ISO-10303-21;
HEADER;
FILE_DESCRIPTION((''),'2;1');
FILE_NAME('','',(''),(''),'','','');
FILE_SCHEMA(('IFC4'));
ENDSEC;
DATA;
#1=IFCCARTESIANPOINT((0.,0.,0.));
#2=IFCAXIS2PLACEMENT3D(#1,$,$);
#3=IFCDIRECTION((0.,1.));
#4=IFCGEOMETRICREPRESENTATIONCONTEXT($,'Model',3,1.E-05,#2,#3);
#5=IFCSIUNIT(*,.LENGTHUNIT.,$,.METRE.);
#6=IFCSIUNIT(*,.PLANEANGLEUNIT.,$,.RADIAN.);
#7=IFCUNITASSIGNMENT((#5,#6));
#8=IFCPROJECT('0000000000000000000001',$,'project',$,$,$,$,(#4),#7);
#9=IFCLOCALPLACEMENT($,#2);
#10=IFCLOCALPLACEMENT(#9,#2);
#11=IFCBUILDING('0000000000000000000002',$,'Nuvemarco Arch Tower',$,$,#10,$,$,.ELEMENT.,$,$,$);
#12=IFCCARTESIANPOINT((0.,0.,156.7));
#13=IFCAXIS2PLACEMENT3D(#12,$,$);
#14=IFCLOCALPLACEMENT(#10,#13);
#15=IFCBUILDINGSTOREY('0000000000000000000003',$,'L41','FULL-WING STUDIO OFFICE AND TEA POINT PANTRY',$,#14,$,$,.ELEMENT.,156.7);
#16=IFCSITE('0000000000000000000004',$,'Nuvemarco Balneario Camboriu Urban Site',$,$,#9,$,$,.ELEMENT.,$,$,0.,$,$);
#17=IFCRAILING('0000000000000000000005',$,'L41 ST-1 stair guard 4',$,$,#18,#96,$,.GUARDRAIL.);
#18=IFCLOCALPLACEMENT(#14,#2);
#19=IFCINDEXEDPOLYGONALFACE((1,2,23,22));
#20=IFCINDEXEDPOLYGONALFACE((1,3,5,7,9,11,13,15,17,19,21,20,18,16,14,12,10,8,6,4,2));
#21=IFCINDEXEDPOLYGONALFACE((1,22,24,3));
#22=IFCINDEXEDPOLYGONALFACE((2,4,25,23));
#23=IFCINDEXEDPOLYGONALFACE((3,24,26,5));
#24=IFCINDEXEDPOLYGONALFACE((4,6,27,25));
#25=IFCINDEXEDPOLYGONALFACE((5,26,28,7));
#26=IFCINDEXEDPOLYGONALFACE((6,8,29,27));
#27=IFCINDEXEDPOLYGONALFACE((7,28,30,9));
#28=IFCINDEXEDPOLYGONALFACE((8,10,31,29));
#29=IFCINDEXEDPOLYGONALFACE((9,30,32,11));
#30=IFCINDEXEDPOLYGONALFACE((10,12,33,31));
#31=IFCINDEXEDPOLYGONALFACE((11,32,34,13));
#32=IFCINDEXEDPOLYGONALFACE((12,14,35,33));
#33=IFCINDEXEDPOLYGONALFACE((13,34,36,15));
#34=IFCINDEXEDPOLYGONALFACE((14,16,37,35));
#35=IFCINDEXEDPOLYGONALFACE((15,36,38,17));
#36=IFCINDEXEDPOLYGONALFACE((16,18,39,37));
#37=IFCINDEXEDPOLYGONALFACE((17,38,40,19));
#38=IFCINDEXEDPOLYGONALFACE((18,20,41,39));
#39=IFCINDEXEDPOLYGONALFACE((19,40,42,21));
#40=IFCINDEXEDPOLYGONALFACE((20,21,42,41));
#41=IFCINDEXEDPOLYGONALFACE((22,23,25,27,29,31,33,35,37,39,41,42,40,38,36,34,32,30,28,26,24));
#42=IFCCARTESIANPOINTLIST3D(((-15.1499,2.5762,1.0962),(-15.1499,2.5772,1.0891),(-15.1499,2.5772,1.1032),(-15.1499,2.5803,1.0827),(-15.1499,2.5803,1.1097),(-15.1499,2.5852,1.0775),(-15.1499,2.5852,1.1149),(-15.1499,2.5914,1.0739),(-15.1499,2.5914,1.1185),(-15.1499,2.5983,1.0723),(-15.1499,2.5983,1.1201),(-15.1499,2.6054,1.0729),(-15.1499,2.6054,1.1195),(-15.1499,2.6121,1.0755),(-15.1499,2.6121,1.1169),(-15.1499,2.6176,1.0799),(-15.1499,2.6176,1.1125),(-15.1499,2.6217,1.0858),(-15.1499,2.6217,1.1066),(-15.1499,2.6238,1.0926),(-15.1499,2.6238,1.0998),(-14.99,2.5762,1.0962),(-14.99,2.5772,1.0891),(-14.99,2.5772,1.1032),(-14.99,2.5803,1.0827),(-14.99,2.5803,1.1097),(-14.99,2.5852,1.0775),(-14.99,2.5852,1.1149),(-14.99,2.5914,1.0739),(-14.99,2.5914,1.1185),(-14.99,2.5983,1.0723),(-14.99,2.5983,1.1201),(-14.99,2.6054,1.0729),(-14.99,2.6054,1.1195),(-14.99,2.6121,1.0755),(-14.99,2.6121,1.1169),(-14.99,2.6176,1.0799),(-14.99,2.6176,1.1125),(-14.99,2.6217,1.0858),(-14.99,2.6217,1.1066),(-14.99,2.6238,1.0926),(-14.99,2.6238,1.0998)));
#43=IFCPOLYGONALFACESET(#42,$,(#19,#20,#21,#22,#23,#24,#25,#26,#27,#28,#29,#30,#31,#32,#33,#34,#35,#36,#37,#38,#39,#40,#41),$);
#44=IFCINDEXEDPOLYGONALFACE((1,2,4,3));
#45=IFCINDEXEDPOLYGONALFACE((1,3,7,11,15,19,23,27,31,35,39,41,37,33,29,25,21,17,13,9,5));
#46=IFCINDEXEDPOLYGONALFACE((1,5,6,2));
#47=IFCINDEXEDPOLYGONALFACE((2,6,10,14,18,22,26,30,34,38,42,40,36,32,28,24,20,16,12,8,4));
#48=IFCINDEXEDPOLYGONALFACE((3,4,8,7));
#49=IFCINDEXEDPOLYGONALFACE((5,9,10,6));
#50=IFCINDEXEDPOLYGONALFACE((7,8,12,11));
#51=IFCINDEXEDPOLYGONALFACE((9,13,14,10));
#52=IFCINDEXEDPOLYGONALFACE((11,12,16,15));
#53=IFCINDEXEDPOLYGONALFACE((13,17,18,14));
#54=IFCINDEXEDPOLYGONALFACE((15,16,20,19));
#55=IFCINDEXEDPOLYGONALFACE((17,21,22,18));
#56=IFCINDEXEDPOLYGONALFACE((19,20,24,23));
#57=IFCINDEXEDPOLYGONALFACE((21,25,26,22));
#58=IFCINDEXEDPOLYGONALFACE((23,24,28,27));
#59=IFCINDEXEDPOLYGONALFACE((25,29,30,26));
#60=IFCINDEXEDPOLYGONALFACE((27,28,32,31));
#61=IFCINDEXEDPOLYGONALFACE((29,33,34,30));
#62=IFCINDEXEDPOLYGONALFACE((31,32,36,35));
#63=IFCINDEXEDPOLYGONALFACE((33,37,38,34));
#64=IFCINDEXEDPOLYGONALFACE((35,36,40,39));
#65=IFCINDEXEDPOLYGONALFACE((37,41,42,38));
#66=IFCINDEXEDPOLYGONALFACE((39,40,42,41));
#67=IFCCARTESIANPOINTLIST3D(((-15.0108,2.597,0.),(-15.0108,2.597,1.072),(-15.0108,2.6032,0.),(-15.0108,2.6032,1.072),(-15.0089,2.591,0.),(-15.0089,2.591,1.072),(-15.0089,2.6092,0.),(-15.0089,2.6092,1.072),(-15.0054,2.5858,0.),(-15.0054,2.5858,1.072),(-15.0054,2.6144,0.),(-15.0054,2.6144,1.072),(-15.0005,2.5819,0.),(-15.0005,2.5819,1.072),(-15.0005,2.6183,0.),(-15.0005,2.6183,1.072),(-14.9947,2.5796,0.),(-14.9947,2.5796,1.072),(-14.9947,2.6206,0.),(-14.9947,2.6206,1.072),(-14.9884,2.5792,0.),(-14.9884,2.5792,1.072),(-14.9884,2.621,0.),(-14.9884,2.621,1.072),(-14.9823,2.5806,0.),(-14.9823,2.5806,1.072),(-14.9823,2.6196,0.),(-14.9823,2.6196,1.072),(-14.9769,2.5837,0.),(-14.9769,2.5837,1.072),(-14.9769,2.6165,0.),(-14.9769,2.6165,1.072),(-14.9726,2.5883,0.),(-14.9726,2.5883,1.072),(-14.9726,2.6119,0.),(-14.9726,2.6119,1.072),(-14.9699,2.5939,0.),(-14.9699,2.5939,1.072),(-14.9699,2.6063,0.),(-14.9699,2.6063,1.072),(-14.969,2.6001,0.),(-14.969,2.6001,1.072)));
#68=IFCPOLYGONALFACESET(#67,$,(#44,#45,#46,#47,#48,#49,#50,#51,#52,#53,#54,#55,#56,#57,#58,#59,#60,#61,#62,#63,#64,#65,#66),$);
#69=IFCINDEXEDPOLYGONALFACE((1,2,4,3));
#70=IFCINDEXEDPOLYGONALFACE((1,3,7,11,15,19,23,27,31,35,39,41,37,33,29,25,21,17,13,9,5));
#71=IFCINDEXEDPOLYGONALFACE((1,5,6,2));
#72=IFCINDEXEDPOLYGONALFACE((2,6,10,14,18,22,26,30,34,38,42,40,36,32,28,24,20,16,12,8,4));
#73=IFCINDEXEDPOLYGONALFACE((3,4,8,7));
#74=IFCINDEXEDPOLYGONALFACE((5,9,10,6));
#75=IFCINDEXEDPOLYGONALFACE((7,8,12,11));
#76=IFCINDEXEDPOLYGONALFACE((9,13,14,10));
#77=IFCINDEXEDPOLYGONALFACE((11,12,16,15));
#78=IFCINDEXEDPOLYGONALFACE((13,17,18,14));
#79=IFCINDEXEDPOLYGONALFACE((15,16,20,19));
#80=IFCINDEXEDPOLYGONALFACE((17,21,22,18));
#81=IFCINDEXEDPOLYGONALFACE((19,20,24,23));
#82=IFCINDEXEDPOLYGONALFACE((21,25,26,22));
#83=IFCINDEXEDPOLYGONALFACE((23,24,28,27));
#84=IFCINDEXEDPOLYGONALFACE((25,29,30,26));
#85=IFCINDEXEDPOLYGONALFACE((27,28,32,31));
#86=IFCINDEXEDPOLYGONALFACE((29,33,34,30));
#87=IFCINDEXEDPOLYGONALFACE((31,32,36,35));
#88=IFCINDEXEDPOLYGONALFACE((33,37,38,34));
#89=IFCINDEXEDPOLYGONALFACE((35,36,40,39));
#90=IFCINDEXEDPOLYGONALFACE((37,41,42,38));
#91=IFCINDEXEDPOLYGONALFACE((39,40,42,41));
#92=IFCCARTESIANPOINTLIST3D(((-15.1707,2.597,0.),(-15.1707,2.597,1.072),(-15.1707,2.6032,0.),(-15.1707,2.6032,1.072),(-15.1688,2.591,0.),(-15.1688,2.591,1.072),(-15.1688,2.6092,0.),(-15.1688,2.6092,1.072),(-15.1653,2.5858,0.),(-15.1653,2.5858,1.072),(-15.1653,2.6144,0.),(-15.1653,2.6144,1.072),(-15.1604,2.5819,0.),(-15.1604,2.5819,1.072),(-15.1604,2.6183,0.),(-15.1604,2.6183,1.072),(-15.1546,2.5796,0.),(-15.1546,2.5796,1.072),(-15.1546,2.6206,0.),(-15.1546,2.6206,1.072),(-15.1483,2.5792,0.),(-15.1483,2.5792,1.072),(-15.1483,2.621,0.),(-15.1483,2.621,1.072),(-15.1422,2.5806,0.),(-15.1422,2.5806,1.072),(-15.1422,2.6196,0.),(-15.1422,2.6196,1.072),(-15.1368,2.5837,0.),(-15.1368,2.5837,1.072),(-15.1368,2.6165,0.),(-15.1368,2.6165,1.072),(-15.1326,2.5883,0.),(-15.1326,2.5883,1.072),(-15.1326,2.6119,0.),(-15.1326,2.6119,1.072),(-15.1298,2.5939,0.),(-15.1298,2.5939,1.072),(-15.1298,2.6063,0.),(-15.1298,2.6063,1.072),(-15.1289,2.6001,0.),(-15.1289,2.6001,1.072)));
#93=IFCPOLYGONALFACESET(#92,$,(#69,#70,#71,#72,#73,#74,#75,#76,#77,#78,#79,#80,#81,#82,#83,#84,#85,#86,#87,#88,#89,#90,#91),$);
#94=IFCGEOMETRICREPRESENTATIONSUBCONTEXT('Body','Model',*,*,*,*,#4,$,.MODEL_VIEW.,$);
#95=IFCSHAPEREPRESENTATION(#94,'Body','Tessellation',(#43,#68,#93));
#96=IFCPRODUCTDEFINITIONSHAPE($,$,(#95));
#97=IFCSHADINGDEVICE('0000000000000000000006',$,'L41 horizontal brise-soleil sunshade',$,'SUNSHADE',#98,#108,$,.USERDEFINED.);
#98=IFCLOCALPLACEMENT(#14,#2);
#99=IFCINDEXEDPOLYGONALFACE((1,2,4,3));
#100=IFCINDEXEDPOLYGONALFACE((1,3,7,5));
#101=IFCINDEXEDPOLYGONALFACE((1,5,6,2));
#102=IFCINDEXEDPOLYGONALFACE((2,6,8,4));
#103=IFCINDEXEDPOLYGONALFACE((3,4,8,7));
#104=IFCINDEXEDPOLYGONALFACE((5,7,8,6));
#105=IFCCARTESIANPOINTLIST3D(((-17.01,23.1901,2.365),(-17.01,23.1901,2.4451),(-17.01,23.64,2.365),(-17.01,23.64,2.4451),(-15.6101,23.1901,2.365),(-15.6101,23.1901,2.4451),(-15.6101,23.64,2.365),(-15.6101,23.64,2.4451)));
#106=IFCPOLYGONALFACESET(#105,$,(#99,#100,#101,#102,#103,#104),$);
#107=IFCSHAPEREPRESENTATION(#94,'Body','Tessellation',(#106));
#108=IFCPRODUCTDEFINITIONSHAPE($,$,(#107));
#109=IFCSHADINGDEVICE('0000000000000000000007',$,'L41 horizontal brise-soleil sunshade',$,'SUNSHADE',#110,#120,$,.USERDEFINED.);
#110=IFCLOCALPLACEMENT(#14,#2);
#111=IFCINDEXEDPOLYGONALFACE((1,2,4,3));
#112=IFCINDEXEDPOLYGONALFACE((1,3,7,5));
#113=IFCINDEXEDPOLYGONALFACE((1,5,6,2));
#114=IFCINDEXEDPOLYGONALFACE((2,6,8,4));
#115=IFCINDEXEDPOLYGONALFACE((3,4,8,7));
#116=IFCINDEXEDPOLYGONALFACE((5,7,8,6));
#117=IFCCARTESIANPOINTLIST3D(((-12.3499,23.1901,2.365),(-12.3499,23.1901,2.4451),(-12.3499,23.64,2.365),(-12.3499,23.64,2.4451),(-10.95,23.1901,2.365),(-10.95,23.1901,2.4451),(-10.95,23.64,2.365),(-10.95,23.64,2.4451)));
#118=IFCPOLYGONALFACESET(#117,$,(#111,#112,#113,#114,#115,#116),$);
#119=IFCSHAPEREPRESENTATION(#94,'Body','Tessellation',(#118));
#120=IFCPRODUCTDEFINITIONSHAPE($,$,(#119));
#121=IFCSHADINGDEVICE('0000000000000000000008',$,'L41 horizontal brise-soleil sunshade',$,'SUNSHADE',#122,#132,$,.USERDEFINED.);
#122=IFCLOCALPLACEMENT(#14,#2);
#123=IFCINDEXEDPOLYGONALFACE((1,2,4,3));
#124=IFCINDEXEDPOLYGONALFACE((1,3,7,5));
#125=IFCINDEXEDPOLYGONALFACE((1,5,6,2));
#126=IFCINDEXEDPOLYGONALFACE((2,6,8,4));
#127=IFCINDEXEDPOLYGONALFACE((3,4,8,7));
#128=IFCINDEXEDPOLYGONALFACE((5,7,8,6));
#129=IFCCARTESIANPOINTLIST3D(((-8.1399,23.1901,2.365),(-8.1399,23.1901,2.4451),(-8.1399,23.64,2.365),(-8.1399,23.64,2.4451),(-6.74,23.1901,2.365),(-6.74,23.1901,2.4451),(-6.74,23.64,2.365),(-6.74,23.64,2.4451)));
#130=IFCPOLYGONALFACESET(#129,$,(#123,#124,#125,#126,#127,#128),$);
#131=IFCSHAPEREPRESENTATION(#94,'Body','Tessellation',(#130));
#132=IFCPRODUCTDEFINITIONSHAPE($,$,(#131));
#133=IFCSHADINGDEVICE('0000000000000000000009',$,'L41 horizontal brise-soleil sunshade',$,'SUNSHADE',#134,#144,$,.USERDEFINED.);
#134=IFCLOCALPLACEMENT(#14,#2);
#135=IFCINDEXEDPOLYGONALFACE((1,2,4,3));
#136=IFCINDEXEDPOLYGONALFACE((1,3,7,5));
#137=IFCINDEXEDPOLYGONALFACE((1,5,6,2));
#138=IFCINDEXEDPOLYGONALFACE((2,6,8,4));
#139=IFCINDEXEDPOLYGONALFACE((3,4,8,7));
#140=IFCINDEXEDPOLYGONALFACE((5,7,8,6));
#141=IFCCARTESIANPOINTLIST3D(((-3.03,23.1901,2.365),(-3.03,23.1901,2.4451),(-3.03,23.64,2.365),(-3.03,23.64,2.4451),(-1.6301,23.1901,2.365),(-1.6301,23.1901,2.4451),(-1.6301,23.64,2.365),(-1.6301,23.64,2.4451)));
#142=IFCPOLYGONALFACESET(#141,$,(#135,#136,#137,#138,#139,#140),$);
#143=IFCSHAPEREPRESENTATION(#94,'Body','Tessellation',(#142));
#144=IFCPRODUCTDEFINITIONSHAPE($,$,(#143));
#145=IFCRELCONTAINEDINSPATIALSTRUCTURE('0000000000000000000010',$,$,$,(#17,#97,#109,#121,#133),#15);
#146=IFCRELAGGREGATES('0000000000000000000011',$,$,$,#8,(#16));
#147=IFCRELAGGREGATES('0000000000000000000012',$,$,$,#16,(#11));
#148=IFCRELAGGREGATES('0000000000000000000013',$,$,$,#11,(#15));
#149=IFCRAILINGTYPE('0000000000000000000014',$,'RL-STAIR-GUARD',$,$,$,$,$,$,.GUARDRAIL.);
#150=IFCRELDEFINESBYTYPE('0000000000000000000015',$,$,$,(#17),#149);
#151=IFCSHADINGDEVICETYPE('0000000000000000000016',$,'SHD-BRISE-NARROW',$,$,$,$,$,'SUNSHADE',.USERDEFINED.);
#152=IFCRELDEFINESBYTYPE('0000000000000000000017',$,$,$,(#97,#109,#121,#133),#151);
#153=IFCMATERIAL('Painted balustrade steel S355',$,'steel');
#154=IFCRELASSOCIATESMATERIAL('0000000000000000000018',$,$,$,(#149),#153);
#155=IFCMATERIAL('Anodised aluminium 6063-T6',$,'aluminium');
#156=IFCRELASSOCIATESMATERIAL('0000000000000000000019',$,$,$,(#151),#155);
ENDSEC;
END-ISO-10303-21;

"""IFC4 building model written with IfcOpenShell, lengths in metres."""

from ifc_helpers import new_model, si_unit, direction, frame, origin, origin_2d, place, context, subcontext, project, spatial, rectangle, circle, extrude, source, transform, mapped, material, type_object, type_shapes, element, save


model = new_model("IFC4")

# Units and contexts
model_context = context("Model", 3, precision=1e-05, world=origin(), true_north=direction((0.0, 1.0)))
body_context = subcontext(model_context, "Body", "Model", "MODEL_VIEW")
ifc_project = project(units=[si_unit("LENGTHUNIT", "METRE"), si_unit("PLANEANGLEUNIT", "RADIAN")], contexts=[model_context])

# Site, building, storey
site_placement = place(None, origin())
site = spatial("IfcSite", under=ifc_project, at=site_placement, Name="Nuvemarco Balneario Camboriu Urban Site", CompositionType="ELEMENT", RefElevation=0.0)
building_placement = place(site_placement, origin())
building = spatial("IfcBuilding", under=site, at=building_placement, Name="Nuvemarco Arch Tower", CompositionType="ELEMENT")
storey_placement = place(building_placement, frame((0.0, 0.0, 156.7)))
storey = spatial("IfcBuildingStorey", under=building, at=storey_placement, Name="L41", Description="FULL-WING STUDIO OFFICE AND TEA POINT PANTRY", CompositionType="ELEMENT", Elevation=156.7)

# Railing
ifc_material_1 = material(Name="Painted balustrade steel S355", Category="steel")
railing_type_1 = type_object("IfcRailingType", Name="RL-STAIR-GUARD", PredefinedType="GUARDRAIL", material=ifc_material_1)
railing_1_placement = place(storey_placement, frame((-14.99, 2.6001, 0.0)))
element("IfcRailing", 1, at=railing_1_placement, inside=storey, type_object=railing_type_1, Name="L41 ST-1 stair guard 4", PredefinedType="GUARDRAIL", context=body_context, shape_type="SweptSolid", body=[
    extrude(circle(Radius=0.0239, at=origin_2d()), frame((0.0, 0.0, 1.0962), z_axis=(-1.0, 0.0, 0.0), x_axis=(0.0, -1.0, 0.0)), (0.0, 0.0, 1.0), 0.1599),
    extrude(circle(Radius=0.021, at=origin_2d()), origin(), (0.0, 0.0, 1.0), 1.072),
    extrude(circle(Radius=0.021, at=origin_2d()), frame((-0.1599, 0.0, 0.0)), (0.0, 0.0, 1.0), 1.072),
])

# Shading devices
ifc_material_2 = material(Name="Anodised aluminium 6063-T6", Category="aluminium")
shading_device_type = type_object("IfcShadingDeviceType", Name="SHD-BRISE-NARROW", ElementType="SUNSHADE", PredefinedType="USERDEFINED", material=ifc_material_2)
shared_shape_1 = source(origin(), body_context, "Body", "SweptSolid", [
    extrude(rectangle(XDim=1.3999, YDim=0.45, at=origin_2d()), origin(), (0.0, 0.0, 1.0), 0.0801),
])
type_shapes(shading_device_type, [shared_shape_1])
for number, where, z_axis, x_axis, name in (
    (2, (-16.3101, 23.415, 2.365), (0.0, 0.0, 1.0), (1.0, 0.0, 0.0), "L41 horizontal brise-soleil sunshade"),
    (3, (-11.6499, 23.415, 2.365), (0.0, 0.0, 1.0), (1.0, 0.0, 0.0), "L41 horizontal brise-soleil sunshade"),
    (4, (-7.4399, 23.415, 2.365), (0.0, 0.0, 1.0), (1.0, 0.0, 0.0), "L41 horizontal brise-soleil sunshade"),
    (5, (-2.3301, 23.415, 2.365), (0.0, 0.0, 1.0), (1.0, 0.0, 0.0), "L41 horizontal brise-soleil sunshade"),
):
    element("IfcShadingDevice", number, at=place(storey_placement, frame(where, z_axis=z_axis, x_axis=x_axis)), inside=storey, type_object=shading_device_type, Name=name, ObjectType="SUNSHADE", PredefinedType="USERDEFINED", context=body_context, shape_type="MappedRepresentation", body=[
        mapped(shared_shape_1, transform((0.0, 0.0, 0.0), scale=1.0)),
    ])

save(model, "model.ifc")
